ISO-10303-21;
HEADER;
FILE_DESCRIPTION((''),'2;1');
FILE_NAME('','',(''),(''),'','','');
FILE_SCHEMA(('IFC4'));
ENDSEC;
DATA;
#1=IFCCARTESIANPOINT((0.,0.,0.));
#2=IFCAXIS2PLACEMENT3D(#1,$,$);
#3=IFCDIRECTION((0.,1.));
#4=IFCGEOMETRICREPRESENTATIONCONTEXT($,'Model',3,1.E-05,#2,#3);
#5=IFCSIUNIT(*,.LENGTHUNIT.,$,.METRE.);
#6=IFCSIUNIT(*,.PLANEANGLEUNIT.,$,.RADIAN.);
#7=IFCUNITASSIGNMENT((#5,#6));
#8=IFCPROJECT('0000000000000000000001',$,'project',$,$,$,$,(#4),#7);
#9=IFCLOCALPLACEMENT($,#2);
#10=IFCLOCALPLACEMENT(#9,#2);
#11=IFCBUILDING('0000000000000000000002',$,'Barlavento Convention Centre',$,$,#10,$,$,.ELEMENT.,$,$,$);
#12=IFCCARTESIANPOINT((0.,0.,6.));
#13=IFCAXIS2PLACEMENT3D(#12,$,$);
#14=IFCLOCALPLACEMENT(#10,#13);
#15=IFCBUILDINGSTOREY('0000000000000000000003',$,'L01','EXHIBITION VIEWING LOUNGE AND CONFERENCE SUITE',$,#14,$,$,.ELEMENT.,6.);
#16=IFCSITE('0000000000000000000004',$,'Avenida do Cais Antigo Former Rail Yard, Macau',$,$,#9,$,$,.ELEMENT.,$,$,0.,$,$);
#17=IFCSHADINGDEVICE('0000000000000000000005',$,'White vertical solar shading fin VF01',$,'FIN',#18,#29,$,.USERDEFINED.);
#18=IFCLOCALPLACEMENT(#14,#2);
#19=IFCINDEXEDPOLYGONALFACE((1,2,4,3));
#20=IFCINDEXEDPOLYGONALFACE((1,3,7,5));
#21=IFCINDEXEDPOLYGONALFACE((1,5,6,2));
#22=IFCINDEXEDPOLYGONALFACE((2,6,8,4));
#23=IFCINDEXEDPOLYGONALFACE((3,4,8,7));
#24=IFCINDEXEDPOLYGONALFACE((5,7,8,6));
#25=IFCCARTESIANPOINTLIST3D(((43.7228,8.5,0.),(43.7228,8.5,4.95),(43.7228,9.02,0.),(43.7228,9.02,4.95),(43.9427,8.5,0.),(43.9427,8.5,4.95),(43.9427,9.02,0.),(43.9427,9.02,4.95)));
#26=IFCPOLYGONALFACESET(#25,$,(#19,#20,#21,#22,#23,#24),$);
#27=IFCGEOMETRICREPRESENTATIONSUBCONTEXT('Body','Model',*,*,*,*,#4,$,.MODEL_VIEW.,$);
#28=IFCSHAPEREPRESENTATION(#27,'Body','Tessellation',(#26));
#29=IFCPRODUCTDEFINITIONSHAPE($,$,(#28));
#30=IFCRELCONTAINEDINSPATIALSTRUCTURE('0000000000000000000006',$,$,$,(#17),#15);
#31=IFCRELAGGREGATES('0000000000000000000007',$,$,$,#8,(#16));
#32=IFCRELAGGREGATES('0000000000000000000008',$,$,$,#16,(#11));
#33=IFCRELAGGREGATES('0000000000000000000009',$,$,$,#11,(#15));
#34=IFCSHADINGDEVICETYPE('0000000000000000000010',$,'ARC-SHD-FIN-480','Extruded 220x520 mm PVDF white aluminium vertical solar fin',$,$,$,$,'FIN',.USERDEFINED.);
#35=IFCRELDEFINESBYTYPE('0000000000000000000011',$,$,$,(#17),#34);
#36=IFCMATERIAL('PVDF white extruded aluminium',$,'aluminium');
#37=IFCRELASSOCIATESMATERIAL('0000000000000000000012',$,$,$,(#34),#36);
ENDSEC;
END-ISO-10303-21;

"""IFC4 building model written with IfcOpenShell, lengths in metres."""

from ifc_helpers import new_model, si_unit, direction, frame, origin, origin_2d, place, context, subcontext, project, spatial, rectangle, extrude, material, type_object, element, save


model = new_model("IFC4")

# Units and contexts
model_context = context("Model", 3, precision=1e-05, world=origin(), true_north=direction((0.0, 1.0)))
body_context = subcontext(model_context, "Body", "Model", "MODEL_VIEW")
ifc_project = project(units=[si_unit("LENGTHUNIT", "METRE"), si_unit("PLANEANGLEUNIT", "RADIAN")], contexts=[model_context])

# Site, building, storey
site_placement = place(None, origin())
site = spatial("IfcSite", under=ifc_project, at=site_placement, Name="Avenida do Cais Antigo Former Rail Yard, Macau", CompositionType="ELEMENT", RefElevation=0.0)
building_placement = place(site_placement, origin())
building = spatial("IfcBuilding", under=site, at=building_placement, Name="Barlavento Convention Centre", CompositionType="ELEMENT")
storey_placement = place(building_placement, frame((0.0, 0.0, 6.0)))
storey = spatial("IfcBuildingStorey", under=building, at=storey_placement, Name="L01", Description="EXHIBITION VIEWING LOUNGE AND CONFERENCE SUITE", CompositionType="ELEMENT", Elevation=6.0)

# Shading device
ifc_material_1 = material(Name="PVDF white extruded aluminium", Category="aluminium")
shading_device_type = type_object("IfcShadingDeviceType", Name="ARC-SHD-FIN-480", Description="Extruded 220x520 mm PVDF white aluminium vertical solar fin", ElementType="FIN", PredefinedType="USERDEFINED", material=ifc_material_1)
for number, where, z_axis, x_axis, name in (
    (1, (43.8328, 8.76, 0.0), (0.0, 0.0, 1.0), (1.0, 0.0, 0.0), "White vertical solar shading fin VF01"),
):
    element("IfcShadingDevice", number, at=place(storey_placement, frame(where, z_axis=z_axis, x_axis=x_axis)), inside=storey, type_object=shading_device_type, Name=name, ObjectType="FIN", PredefinedType="USERDEFINED", context=body_context, shape_type="SweptSolid", body=[
        extrude(rectangle(XDim=0.22, YDim=0.52, at=origin_2d()), origin(), (0.0, 0.0, 1.0), 4.95),
    ])

save(model, "model.ifc")
